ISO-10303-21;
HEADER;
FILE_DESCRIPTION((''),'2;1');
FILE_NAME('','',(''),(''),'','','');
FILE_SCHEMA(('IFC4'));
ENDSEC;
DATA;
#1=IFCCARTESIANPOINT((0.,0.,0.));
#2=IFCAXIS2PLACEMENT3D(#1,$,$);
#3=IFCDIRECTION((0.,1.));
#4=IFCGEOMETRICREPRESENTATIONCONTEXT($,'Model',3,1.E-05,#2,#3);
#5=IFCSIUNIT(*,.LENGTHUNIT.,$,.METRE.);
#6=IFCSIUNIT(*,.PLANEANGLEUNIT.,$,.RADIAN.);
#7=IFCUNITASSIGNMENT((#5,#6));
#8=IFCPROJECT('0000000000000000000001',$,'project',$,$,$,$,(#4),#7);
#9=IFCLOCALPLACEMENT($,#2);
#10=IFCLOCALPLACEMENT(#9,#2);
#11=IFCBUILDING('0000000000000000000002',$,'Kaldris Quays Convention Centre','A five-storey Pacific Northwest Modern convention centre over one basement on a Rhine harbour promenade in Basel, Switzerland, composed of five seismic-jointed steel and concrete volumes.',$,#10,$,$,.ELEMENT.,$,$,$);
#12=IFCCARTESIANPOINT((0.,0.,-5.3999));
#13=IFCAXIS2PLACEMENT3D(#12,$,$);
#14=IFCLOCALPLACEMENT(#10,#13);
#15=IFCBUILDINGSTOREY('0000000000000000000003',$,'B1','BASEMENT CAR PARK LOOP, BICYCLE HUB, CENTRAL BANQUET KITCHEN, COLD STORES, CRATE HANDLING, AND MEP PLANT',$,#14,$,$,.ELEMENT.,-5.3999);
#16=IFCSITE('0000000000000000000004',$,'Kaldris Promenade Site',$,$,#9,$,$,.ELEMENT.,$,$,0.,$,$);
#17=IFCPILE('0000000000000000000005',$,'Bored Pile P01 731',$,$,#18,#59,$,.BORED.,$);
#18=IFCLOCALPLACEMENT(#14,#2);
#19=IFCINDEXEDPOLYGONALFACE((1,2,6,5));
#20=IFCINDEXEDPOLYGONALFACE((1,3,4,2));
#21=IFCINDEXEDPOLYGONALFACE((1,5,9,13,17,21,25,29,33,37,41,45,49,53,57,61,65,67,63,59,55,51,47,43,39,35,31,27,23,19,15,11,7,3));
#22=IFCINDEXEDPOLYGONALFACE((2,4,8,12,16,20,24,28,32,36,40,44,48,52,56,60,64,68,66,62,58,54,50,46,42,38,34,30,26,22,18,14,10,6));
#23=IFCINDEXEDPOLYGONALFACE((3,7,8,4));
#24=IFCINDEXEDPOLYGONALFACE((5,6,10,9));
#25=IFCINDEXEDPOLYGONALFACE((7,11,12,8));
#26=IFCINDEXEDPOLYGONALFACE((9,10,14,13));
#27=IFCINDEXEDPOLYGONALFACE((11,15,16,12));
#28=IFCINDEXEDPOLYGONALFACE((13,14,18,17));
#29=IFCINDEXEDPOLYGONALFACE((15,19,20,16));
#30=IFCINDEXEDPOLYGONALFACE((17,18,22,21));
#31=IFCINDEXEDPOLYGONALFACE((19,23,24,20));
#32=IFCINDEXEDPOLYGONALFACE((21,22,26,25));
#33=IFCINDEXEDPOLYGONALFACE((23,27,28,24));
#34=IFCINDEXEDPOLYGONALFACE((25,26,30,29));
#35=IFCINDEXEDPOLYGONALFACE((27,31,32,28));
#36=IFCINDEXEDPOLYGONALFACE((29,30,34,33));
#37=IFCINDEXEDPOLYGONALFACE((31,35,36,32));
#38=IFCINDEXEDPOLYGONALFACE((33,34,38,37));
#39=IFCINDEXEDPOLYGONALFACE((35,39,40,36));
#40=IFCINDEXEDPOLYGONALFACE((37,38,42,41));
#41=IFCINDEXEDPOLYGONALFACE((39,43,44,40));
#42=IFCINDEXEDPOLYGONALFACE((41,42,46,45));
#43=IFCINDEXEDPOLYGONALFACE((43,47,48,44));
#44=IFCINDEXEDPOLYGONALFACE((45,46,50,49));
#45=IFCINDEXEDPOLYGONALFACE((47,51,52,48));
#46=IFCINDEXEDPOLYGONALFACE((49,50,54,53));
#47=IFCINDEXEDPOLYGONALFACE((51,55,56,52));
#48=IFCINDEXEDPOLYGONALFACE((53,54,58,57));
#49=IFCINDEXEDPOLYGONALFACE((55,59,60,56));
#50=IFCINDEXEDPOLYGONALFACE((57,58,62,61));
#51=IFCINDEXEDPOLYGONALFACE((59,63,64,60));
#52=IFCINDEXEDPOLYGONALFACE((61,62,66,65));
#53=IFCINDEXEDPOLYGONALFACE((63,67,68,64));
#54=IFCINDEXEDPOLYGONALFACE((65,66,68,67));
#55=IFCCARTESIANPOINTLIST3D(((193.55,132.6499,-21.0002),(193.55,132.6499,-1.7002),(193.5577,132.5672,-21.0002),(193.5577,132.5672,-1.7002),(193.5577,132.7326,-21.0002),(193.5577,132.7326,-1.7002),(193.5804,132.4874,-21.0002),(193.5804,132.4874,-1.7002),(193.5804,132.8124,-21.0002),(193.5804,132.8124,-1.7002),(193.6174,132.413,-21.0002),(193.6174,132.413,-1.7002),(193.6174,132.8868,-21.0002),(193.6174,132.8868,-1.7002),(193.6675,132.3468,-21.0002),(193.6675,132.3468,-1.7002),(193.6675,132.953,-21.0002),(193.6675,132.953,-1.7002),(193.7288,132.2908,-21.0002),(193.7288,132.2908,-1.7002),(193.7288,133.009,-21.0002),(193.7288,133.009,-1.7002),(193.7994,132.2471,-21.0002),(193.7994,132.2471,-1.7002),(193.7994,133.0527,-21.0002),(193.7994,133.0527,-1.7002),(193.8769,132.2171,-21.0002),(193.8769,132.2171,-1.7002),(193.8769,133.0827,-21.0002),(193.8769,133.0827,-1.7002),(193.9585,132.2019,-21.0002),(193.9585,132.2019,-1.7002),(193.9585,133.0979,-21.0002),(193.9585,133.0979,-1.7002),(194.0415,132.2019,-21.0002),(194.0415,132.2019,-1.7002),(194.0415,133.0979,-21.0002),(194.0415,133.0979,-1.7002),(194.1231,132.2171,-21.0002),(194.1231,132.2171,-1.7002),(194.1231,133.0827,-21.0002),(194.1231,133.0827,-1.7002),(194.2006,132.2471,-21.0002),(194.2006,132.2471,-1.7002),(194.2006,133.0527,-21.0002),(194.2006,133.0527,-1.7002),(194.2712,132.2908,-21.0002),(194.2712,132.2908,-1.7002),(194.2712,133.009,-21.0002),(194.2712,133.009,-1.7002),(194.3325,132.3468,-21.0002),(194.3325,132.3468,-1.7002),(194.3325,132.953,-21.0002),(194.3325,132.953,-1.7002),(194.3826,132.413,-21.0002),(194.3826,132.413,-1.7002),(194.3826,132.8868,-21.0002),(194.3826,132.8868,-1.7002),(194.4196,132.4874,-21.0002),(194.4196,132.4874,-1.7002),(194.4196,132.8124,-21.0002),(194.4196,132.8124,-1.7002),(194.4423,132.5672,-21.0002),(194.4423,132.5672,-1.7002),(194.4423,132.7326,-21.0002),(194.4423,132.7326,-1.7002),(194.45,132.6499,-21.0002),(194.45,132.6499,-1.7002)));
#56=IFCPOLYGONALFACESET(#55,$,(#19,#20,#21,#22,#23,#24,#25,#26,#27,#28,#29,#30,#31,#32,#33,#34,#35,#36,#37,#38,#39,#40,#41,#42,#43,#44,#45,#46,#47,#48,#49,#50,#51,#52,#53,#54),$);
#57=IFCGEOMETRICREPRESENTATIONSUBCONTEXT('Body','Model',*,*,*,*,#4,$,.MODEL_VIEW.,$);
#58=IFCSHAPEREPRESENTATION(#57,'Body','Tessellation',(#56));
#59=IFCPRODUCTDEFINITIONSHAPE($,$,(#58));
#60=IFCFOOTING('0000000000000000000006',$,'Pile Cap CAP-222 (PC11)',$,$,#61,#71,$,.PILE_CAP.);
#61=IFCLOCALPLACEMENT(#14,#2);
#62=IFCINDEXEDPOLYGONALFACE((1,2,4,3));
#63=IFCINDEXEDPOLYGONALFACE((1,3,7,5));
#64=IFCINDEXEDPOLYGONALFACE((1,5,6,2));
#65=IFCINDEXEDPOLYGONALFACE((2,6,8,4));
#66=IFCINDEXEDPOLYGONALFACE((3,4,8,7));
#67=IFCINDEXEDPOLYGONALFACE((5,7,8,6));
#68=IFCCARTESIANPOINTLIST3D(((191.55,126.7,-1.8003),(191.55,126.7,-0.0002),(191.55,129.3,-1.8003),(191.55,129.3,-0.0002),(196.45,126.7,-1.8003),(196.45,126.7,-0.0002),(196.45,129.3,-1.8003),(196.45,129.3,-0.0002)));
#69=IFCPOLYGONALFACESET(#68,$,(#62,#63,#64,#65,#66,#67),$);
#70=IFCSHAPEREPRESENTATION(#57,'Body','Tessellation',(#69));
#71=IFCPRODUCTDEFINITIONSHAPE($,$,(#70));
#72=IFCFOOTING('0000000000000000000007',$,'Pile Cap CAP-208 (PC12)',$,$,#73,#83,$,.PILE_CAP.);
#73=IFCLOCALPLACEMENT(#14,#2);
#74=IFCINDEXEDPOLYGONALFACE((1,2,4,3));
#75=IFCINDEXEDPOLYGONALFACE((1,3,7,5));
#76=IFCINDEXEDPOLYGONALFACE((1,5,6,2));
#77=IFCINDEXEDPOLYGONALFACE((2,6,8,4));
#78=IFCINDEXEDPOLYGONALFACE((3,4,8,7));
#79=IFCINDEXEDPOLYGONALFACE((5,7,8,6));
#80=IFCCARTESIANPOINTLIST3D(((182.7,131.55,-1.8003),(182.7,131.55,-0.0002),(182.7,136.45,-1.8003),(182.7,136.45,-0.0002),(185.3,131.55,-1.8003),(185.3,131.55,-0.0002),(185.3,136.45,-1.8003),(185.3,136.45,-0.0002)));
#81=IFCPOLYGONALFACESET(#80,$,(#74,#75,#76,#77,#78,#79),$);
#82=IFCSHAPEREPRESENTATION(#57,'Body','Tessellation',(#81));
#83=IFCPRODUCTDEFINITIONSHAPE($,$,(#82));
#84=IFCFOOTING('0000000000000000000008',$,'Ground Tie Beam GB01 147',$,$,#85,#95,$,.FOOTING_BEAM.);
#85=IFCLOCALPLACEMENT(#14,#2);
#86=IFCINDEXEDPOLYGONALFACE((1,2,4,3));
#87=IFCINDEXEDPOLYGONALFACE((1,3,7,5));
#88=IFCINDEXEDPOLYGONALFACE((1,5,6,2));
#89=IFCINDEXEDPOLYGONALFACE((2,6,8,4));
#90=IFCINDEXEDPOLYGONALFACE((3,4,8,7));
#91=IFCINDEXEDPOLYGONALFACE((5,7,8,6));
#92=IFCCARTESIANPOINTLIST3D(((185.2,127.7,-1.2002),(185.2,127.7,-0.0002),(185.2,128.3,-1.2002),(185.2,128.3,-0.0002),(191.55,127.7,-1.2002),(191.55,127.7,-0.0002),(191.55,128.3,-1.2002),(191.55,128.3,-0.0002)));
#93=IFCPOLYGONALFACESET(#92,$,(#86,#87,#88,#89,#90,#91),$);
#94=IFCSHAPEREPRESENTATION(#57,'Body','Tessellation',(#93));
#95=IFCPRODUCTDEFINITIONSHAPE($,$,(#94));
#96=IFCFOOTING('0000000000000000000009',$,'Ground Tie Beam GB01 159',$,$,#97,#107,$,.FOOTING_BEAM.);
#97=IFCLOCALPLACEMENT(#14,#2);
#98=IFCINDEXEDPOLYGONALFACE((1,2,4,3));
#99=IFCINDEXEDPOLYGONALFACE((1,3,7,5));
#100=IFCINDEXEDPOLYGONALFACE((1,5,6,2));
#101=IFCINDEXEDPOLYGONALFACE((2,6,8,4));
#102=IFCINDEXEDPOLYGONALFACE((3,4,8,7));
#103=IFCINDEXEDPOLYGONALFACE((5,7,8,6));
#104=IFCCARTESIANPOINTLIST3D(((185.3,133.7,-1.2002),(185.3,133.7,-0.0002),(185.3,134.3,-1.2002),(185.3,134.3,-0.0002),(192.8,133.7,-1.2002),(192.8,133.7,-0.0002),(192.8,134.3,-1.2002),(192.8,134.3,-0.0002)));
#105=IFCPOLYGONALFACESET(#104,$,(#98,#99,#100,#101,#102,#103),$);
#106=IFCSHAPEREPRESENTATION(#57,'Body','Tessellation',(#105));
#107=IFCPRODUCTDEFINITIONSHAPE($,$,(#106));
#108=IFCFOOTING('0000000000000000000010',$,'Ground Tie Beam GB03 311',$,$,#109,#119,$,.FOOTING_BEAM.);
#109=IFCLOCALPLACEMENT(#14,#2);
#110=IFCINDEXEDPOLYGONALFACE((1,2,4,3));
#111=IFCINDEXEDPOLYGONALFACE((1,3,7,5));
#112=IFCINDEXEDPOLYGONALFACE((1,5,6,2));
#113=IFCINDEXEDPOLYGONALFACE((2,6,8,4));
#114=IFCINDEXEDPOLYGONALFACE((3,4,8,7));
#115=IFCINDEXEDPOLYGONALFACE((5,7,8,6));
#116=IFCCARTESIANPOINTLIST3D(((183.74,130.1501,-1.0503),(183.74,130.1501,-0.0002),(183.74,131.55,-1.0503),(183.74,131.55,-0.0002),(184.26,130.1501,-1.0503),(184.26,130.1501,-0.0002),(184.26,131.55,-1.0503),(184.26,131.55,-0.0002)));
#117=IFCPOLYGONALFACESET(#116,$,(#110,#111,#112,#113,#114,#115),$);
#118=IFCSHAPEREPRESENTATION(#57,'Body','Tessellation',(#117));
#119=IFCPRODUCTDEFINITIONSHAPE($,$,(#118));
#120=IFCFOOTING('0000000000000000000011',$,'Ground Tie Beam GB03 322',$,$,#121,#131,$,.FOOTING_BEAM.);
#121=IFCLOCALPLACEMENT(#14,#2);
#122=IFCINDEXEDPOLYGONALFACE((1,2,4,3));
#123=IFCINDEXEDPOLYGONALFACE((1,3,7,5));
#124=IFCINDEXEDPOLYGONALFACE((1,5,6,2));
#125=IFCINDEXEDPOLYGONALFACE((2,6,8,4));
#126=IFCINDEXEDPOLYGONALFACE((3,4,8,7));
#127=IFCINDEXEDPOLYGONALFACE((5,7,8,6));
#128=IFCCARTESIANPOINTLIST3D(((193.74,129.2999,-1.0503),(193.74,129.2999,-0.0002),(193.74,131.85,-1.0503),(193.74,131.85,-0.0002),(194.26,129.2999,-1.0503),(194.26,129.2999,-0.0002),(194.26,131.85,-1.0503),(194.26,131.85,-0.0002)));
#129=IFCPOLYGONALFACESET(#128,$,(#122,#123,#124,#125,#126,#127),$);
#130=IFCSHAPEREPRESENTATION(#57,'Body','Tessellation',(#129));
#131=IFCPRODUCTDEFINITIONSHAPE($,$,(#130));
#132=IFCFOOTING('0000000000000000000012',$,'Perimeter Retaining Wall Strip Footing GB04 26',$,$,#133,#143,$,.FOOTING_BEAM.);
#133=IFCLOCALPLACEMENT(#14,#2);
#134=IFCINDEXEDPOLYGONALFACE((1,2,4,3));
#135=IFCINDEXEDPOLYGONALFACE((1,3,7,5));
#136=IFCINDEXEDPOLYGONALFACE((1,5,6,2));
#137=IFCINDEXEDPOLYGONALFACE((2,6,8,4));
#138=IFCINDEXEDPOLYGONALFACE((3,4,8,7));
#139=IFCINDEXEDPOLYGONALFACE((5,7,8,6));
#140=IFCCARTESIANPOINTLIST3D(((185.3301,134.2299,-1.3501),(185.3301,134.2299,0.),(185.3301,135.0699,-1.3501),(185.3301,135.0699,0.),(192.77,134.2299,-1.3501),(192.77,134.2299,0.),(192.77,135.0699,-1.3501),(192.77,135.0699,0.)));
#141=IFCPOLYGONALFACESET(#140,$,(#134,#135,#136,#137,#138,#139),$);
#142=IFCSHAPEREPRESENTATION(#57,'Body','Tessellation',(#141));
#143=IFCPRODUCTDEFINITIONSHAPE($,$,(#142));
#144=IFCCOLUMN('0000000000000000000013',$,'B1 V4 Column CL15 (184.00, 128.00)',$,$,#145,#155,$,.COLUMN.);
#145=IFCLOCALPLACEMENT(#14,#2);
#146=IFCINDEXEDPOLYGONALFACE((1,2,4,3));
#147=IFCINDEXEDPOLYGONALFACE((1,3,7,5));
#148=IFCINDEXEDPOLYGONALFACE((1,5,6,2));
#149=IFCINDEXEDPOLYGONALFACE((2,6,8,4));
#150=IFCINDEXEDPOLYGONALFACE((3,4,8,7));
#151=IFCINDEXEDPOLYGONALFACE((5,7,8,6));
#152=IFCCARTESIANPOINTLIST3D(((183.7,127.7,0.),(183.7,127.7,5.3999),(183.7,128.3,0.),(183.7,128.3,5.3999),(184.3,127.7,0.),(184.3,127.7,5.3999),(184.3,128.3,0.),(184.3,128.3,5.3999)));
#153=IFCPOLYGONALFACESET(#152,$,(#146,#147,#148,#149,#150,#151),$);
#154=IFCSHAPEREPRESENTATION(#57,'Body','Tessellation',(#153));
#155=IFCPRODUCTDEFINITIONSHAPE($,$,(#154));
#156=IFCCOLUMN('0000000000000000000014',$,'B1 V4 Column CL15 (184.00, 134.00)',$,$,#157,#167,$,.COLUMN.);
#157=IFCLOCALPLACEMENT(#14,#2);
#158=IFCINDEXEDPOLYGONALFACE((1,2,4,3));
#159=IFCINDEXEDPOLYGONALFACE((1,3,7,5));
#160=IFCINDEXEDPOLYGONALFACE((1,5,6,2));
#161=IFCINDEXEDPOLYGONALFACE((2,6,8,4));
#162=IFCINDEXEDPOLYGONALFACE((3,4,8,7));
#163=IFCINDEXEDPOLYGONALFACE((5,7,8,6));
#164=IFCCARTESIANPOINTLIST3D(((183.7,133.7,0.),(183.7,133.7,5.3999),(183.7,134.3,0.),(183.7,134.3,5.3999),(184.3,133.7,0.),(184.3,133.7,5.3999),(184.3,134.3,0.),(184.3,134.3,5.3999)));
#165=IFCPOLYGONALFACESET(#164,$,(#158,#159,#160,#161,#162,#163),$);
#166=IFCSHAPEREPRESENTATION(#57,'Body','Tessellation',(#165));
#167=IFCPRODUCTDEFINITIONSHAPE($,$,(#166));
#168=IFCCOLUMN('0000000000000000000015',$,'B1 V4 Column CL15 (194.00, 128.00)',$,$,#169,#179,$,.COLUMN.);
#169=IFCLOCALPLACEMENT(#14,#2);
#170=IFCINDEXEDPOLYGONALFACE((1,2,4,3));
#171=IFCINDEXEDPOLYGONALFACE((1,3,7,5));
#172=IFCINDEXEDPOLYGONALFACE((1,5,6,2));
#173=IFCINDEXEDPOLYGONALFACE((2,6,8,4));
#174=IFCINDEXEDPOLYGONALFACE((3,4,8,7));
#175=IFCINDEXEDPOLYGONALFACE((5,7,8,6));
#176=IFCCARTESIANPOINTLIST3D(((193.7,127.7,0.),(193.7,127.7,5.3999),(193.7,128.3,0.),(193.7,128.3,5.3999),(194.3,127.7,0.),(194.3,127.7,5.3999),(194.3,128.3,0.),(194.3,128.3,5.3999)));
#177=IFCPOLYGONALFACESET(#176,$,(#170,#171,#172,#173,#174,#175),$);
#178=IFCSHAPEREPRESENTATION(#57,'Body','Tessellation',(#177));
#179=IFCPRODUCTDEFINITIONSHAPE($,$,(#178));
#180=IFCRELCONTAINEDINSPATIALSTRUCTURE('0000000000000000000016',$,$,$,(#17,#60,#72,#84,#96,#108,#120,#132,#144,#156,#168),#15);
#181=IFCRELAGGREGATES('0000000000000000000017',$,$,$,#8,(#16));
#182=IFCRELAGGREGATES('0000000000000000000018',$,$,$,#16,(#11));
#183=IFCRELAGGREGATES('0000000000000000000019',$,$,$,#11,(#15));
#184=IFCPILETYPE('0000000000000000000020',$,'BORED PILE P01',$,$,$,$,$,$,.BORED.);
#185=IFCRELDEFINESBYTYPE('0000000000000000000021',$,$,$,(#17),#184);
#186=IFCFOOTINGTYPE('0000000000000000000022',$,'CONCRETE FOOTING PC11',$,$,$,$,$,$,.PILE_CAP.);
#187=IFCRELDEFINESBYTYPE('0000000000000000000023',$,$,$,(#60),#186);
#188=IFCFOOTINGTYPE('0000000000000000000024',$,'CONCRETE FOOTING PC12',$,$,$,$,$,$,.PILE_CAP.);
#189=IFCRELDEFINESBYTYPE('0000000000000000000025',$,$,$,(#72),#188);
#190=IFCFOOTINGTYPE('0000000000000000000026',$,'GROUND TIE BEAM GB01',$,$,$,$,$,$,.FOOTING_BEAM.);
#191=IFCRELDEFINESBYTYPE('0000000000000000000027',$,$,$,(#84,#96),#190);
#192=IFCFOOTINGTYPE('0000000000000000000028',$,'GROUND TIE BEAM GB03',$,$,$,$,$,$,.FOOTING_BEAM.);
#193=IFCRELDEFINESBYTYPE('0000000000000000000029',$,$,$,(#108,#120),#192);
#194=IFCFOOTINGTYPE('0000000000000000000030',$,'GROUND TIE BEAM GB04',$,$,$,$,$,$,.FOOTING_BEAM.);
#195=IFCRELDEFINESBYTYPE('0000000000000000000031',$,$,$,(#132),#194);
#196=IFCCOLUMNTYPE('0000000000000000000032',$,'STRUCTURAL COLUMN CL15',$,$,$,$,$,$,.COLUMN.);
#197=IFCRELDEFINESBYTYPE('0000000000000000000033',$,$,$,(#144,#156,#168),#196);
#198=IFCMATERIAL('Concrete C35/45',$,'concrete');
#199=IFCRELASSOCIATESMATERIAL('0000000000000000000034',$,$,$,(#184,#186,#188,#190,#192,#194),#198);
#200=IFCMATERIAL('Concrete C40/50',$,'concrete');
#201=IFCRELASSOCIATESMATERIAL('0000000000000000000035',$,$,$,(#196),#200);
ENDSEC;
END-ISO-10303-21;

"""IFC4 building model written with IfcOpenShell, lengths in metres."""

from ifc_helpers import new_model, si_unit, direction, frame, origin, origin_2d, place, context, subcontext, project, spatial, rectangle, circle, extrude, material, material_profile, profile_set, type_object, element, save


model = new_model("IFC4")

# Units and contexts
model_context = context("Model", 3, precision=1e-05, world=origin(), true_north=direction((0.0, 1.0)))
body_context = subcontext(model_context, "Body", "Model", "MODEL_VIEW")
ifc_project = project(units=[si_unit("LENGTHUNIT", "METRE"), si_unit("PLANEANGLEUNIT", "RADIAN")], contexts=[model_context])

# Site, building, storey
site_placement = place(None, origin())
site = spatial("IfcSite", under=ifc_project, at=site_placement, Name="Kaldris Promenade Site", CompositionType="ELEMENT", RefElevation=0.0)
building_placement = place(site_placement, origin())
building = spatial("IfcBuilding", under=site, at=building_placement, Name="Kaldris Quays Convention Centre", Description="A five-storey Pacific Northwest Modern convention centre over one basement on a Rhine harbour promenade in Basel, Switzerland, composed of five seismic-jointed steel and concrete volumes.", CompositionType="ELEMENT")
storey_placement = place(building_placement, frame((0.0, 0.0, -5.3999)))
storey = spatial("IfcBuildingStorey", under=building, at=storey_placement, Name="B1", Description="BASEMENT CAR PARK LOOP, BICYCLE HUB, CENTRAL BANQUET KITCHEN, COLD STORES, CRATE HANDLING, AND MEP PLANT", CompositionType="ELEMENT", Elevation=-5.3999)

# Pile
ifc_material_1 = material(Name="Concrete C35/45", Category="concrete")
ifc_material_profile_1 = material_profile(ifc_material_1, circle(Radius=0.45, at=origin_2d()), Name="BORED PILE D900")
ifc_profile_set_1 = profile_set([ifc_material_profile_1], Name="Concrete C35/45")
pile_type = type_object("IfcPileType", Name="BORED PILE P01", PredefinedType="BORED", material=ifc_profile_set_1)
for number, where, z_axis, x_axis, name in (
    (1, (194.0, 132.6499, -1.7002), (0.0, 0.0, -1.0), (1.0, 0.0, 0.0), "Bored Pile P01 731"),
):
    element("IfcPile", number, at=place(storey_placement, frame(where, z_axis=z_axis, x_axis=x_axis)), inside=storey, type_object=pile_type, Name=name, PredefinedType="BORED", context=body_context, shape_type="SweptSolid", body=[
        extrude(circle(Radius=0.45, at=origin_2d()), origin(), (0.0, 0.0, 1.0), 19.3),
    ])

# Footings
footing_type_1 = type_object("IfcFootingType", Name="CONCRETE FOOTING PC11", PredefinedType="PILE_CAP", material=ifc_material_1)
footing_1_placement = place(storey_placement, frame((194.0, 128.0, -1.8003), z_axis=(0.0, 0.0, 1.0), x_axis=(1.0, 0.0, 0.0)))
element("IfcFooting", 2, at=footing_1_placement, inside=storey, type_object=footing_type_1, Name="Pile Cap CAP-222 (PC11)", PredefinedType="PILE_CAP", context=body_context, shape_type="SweptSolid", body=[
    extrude(rectangle(XDim=4.8999, YDim=2.6001, at=origin_2d()), origin(), (0.0, 0.0, 1.0), 1.8),
])
footing_type_2 = type_object("IfcFootingType", Name="CONCRETE FOOTING PC12", PredefinedType="PILE_CAP", material=ifc_material_1)
footing_2_placement = place(storey_placement, frame((184.0, 134.0, -1.8003), z_axis=(0.0, 0.0, 1.0), x_axis=(1.0, 0.0, 0.0)))
element("IfcFooting", 3, at=footing_2_placement, inside=storey, type_object=footing_type_2, Name="Pile Cap CAP-208 (PC12)", PredefinedType="PILE_CAP", context=body_context, shape_type="SweptSolid", body=[
    extrude(rectangle(XDim=2.6001, YDim=4.8999, at=origin_2d()), origin(), (0.0, 0.0, 1.0), 1.8),
])
footing_type_3 = type_object("IfcFootingType", Name="GROUND TIE BEAM GB01", PredefinedType="FOOTING_BEAM", material=ifc_material_1)
footing_3_placement = place(storey_placement, frame((188.375, 128.0, -1.2002), z_axis=(0.0, 0.0, 1.0), x_axis=(1.0, 0.0, 0.0)))
element("IfcFooting", 4, at=footing_3_placement, inside=storey, type_object=footing_type_3, Name="Ground Tie Beam GB01 147", PredefinedType="FOOTING_BEAM", context=body_context, shape_type="SweptSolid", body=[
    extrude(rectangle(XDim=6.3501, YDim=0.6001, at=origin_2d()), origin(), (0.0, 0.0, 1.0), 1.2),
])
footing_4_placement = place(storey_placement, frame((189.05, 134.0, -1.2002), z_axis=(0.0, 0.0, 1.0), x_axis=(1.0, 0.0, 0.0)))
element("IfcFooting", 5, at=footing_4_placement, inside=storey, type_object=footing_type_3, Name="Ground Tie Beam GB01 159", PredefinedType="FOOTING_BEAM", context=body_context, shape_type="SweptSolid", body=[
    extrude(rectangle(XDim=7.5, YDim=0.6001, at=origin_2d()), origin(), (0.0, 0.0, 1.0), 1.2),
])
footing_type_4 = type_object("IfcFootingType", Name="GROUND TIE BEAM GB03", PredefinedType="FOOTING_BEAM", material=ifc_material_1)
footing_5_placement = place(storey_placement, frame((184.0, 130.8501, -1.0503), z_axis=(0.0, 0.0, 1.0), x_axis=(1.0, 0.0, 0.0)))
element("IfcFooting", 6, at=footing_5_placement, inside=storey, type_object=footing_type_4, Name="Ground Tie Beam GB03 311", PredefinedType="FOOTING_BEAM", context=body_context, shape_type="SweptSolid", body=[
    extrude(rectangle(XDim=0.52, YDim=1.3999, at=origin_2d()), origin(), (0.0, 0.0, 1.0), 1.05),
])
footing_6_placement = place(storey_placement, frame((194.0, 130.575, -1.0503), z_axis=(0.0, 0.0, 1.0), x_axis=(1.0, 0.0, 0.0)))
element("IfcFooting", 7, at=footing_6_placement, inside=storey, type_object=footing_type_4, Name="Ground Tie Beam GB03 322", PredefinedType="FOOTING_BEAM", context=body_context, shape_type="SweptSolid", body=[
    extrude(rectangle(XDim=0.52, YDim=2.55, at=origin_2d()), origin(), (0.0, 0.0, 1.0), 1.05),
])
footing_type_5 = type_object("IfcFootingType", Name="GROUND TIE BEAM GB04", PredefinedType="FOOTING_BEAM", material=ifc_material_1)
footing_7_placement = place(storey_placement, frame((189.05, 134.6499, -1.3501), z_axis=(0.0, 0.0, 1.0), x_axis=(1.0, 0.0, 0.0)))
element("IfcFooting", 8, at=footing_7_placement, inside=storey, type_object=footing_type_5, Name="Perimeter Retaining Wall Strip Footing GB04 26", PredefinedType="FOOTING_BEAM", context=body_context, shape_type="SweptSolid", body=[
    extrude(rectangle(XDim=7.4399, YDim=0.8401, at=origin_2d()), origin(), (0.0, 0.0, 1.0), 1.3501),
])

# Columns
ifc_material_2 = material(Name="Concrete C40/50", Category="concrete")
ifc_material_profile_2 = material_profile(ifc_material_2, rectangle(XDim=0.6001, YDim=0.6001, at=origin_2d()), Name="RC 600x600")
ifc_profile_set_2 = profile_set([ifc_material_profile_2], Name="Concrete C40/50")
column_type = type_object("IfcColumnType", Name="STRUCTURAL COLUMN CL15", PredefinedType="COLUMN", material=ifc_profile_set_2)
for number, where, z_axis, x_axis, name in (
    (9, (184.0, 128.0, 0.0), (0.0, 0.0, 1.0), (1.0, 0.0, 0.0), "B1 V4 Column CL15 (184.00, 128.00)"),
    (10, (184.0, 134.0, 0.0), (0.0, 0.0, 1.0), (1.0, 0.0, 0.0), "B1 V4 Column CL15 (184.00, 134.00)"),
    (11, (194.0, 128.0, 0.0), (0.0, 0.0, 1.0), (1.0, 0.0, 0.0), "B1 V4 Column CL15 (194.00, 128.00)"),
):
    element("IfcColumn", number, at=place(storey_placement, frame(where, z_axis=z_axis, x_axis=x_axis)), inside=storey, type_object=column_type, Name=name, PredefinedType="COLUMN", context=body_context, shape_type="SweptSolid", body=[
        extrude(rectangle(XDim=0.6001, YDim=0.6001, at=origin_2d()), origin(), (0.0, 0.0, 1.0), 5.3999),
    ])

save(model, "model.ifc")
